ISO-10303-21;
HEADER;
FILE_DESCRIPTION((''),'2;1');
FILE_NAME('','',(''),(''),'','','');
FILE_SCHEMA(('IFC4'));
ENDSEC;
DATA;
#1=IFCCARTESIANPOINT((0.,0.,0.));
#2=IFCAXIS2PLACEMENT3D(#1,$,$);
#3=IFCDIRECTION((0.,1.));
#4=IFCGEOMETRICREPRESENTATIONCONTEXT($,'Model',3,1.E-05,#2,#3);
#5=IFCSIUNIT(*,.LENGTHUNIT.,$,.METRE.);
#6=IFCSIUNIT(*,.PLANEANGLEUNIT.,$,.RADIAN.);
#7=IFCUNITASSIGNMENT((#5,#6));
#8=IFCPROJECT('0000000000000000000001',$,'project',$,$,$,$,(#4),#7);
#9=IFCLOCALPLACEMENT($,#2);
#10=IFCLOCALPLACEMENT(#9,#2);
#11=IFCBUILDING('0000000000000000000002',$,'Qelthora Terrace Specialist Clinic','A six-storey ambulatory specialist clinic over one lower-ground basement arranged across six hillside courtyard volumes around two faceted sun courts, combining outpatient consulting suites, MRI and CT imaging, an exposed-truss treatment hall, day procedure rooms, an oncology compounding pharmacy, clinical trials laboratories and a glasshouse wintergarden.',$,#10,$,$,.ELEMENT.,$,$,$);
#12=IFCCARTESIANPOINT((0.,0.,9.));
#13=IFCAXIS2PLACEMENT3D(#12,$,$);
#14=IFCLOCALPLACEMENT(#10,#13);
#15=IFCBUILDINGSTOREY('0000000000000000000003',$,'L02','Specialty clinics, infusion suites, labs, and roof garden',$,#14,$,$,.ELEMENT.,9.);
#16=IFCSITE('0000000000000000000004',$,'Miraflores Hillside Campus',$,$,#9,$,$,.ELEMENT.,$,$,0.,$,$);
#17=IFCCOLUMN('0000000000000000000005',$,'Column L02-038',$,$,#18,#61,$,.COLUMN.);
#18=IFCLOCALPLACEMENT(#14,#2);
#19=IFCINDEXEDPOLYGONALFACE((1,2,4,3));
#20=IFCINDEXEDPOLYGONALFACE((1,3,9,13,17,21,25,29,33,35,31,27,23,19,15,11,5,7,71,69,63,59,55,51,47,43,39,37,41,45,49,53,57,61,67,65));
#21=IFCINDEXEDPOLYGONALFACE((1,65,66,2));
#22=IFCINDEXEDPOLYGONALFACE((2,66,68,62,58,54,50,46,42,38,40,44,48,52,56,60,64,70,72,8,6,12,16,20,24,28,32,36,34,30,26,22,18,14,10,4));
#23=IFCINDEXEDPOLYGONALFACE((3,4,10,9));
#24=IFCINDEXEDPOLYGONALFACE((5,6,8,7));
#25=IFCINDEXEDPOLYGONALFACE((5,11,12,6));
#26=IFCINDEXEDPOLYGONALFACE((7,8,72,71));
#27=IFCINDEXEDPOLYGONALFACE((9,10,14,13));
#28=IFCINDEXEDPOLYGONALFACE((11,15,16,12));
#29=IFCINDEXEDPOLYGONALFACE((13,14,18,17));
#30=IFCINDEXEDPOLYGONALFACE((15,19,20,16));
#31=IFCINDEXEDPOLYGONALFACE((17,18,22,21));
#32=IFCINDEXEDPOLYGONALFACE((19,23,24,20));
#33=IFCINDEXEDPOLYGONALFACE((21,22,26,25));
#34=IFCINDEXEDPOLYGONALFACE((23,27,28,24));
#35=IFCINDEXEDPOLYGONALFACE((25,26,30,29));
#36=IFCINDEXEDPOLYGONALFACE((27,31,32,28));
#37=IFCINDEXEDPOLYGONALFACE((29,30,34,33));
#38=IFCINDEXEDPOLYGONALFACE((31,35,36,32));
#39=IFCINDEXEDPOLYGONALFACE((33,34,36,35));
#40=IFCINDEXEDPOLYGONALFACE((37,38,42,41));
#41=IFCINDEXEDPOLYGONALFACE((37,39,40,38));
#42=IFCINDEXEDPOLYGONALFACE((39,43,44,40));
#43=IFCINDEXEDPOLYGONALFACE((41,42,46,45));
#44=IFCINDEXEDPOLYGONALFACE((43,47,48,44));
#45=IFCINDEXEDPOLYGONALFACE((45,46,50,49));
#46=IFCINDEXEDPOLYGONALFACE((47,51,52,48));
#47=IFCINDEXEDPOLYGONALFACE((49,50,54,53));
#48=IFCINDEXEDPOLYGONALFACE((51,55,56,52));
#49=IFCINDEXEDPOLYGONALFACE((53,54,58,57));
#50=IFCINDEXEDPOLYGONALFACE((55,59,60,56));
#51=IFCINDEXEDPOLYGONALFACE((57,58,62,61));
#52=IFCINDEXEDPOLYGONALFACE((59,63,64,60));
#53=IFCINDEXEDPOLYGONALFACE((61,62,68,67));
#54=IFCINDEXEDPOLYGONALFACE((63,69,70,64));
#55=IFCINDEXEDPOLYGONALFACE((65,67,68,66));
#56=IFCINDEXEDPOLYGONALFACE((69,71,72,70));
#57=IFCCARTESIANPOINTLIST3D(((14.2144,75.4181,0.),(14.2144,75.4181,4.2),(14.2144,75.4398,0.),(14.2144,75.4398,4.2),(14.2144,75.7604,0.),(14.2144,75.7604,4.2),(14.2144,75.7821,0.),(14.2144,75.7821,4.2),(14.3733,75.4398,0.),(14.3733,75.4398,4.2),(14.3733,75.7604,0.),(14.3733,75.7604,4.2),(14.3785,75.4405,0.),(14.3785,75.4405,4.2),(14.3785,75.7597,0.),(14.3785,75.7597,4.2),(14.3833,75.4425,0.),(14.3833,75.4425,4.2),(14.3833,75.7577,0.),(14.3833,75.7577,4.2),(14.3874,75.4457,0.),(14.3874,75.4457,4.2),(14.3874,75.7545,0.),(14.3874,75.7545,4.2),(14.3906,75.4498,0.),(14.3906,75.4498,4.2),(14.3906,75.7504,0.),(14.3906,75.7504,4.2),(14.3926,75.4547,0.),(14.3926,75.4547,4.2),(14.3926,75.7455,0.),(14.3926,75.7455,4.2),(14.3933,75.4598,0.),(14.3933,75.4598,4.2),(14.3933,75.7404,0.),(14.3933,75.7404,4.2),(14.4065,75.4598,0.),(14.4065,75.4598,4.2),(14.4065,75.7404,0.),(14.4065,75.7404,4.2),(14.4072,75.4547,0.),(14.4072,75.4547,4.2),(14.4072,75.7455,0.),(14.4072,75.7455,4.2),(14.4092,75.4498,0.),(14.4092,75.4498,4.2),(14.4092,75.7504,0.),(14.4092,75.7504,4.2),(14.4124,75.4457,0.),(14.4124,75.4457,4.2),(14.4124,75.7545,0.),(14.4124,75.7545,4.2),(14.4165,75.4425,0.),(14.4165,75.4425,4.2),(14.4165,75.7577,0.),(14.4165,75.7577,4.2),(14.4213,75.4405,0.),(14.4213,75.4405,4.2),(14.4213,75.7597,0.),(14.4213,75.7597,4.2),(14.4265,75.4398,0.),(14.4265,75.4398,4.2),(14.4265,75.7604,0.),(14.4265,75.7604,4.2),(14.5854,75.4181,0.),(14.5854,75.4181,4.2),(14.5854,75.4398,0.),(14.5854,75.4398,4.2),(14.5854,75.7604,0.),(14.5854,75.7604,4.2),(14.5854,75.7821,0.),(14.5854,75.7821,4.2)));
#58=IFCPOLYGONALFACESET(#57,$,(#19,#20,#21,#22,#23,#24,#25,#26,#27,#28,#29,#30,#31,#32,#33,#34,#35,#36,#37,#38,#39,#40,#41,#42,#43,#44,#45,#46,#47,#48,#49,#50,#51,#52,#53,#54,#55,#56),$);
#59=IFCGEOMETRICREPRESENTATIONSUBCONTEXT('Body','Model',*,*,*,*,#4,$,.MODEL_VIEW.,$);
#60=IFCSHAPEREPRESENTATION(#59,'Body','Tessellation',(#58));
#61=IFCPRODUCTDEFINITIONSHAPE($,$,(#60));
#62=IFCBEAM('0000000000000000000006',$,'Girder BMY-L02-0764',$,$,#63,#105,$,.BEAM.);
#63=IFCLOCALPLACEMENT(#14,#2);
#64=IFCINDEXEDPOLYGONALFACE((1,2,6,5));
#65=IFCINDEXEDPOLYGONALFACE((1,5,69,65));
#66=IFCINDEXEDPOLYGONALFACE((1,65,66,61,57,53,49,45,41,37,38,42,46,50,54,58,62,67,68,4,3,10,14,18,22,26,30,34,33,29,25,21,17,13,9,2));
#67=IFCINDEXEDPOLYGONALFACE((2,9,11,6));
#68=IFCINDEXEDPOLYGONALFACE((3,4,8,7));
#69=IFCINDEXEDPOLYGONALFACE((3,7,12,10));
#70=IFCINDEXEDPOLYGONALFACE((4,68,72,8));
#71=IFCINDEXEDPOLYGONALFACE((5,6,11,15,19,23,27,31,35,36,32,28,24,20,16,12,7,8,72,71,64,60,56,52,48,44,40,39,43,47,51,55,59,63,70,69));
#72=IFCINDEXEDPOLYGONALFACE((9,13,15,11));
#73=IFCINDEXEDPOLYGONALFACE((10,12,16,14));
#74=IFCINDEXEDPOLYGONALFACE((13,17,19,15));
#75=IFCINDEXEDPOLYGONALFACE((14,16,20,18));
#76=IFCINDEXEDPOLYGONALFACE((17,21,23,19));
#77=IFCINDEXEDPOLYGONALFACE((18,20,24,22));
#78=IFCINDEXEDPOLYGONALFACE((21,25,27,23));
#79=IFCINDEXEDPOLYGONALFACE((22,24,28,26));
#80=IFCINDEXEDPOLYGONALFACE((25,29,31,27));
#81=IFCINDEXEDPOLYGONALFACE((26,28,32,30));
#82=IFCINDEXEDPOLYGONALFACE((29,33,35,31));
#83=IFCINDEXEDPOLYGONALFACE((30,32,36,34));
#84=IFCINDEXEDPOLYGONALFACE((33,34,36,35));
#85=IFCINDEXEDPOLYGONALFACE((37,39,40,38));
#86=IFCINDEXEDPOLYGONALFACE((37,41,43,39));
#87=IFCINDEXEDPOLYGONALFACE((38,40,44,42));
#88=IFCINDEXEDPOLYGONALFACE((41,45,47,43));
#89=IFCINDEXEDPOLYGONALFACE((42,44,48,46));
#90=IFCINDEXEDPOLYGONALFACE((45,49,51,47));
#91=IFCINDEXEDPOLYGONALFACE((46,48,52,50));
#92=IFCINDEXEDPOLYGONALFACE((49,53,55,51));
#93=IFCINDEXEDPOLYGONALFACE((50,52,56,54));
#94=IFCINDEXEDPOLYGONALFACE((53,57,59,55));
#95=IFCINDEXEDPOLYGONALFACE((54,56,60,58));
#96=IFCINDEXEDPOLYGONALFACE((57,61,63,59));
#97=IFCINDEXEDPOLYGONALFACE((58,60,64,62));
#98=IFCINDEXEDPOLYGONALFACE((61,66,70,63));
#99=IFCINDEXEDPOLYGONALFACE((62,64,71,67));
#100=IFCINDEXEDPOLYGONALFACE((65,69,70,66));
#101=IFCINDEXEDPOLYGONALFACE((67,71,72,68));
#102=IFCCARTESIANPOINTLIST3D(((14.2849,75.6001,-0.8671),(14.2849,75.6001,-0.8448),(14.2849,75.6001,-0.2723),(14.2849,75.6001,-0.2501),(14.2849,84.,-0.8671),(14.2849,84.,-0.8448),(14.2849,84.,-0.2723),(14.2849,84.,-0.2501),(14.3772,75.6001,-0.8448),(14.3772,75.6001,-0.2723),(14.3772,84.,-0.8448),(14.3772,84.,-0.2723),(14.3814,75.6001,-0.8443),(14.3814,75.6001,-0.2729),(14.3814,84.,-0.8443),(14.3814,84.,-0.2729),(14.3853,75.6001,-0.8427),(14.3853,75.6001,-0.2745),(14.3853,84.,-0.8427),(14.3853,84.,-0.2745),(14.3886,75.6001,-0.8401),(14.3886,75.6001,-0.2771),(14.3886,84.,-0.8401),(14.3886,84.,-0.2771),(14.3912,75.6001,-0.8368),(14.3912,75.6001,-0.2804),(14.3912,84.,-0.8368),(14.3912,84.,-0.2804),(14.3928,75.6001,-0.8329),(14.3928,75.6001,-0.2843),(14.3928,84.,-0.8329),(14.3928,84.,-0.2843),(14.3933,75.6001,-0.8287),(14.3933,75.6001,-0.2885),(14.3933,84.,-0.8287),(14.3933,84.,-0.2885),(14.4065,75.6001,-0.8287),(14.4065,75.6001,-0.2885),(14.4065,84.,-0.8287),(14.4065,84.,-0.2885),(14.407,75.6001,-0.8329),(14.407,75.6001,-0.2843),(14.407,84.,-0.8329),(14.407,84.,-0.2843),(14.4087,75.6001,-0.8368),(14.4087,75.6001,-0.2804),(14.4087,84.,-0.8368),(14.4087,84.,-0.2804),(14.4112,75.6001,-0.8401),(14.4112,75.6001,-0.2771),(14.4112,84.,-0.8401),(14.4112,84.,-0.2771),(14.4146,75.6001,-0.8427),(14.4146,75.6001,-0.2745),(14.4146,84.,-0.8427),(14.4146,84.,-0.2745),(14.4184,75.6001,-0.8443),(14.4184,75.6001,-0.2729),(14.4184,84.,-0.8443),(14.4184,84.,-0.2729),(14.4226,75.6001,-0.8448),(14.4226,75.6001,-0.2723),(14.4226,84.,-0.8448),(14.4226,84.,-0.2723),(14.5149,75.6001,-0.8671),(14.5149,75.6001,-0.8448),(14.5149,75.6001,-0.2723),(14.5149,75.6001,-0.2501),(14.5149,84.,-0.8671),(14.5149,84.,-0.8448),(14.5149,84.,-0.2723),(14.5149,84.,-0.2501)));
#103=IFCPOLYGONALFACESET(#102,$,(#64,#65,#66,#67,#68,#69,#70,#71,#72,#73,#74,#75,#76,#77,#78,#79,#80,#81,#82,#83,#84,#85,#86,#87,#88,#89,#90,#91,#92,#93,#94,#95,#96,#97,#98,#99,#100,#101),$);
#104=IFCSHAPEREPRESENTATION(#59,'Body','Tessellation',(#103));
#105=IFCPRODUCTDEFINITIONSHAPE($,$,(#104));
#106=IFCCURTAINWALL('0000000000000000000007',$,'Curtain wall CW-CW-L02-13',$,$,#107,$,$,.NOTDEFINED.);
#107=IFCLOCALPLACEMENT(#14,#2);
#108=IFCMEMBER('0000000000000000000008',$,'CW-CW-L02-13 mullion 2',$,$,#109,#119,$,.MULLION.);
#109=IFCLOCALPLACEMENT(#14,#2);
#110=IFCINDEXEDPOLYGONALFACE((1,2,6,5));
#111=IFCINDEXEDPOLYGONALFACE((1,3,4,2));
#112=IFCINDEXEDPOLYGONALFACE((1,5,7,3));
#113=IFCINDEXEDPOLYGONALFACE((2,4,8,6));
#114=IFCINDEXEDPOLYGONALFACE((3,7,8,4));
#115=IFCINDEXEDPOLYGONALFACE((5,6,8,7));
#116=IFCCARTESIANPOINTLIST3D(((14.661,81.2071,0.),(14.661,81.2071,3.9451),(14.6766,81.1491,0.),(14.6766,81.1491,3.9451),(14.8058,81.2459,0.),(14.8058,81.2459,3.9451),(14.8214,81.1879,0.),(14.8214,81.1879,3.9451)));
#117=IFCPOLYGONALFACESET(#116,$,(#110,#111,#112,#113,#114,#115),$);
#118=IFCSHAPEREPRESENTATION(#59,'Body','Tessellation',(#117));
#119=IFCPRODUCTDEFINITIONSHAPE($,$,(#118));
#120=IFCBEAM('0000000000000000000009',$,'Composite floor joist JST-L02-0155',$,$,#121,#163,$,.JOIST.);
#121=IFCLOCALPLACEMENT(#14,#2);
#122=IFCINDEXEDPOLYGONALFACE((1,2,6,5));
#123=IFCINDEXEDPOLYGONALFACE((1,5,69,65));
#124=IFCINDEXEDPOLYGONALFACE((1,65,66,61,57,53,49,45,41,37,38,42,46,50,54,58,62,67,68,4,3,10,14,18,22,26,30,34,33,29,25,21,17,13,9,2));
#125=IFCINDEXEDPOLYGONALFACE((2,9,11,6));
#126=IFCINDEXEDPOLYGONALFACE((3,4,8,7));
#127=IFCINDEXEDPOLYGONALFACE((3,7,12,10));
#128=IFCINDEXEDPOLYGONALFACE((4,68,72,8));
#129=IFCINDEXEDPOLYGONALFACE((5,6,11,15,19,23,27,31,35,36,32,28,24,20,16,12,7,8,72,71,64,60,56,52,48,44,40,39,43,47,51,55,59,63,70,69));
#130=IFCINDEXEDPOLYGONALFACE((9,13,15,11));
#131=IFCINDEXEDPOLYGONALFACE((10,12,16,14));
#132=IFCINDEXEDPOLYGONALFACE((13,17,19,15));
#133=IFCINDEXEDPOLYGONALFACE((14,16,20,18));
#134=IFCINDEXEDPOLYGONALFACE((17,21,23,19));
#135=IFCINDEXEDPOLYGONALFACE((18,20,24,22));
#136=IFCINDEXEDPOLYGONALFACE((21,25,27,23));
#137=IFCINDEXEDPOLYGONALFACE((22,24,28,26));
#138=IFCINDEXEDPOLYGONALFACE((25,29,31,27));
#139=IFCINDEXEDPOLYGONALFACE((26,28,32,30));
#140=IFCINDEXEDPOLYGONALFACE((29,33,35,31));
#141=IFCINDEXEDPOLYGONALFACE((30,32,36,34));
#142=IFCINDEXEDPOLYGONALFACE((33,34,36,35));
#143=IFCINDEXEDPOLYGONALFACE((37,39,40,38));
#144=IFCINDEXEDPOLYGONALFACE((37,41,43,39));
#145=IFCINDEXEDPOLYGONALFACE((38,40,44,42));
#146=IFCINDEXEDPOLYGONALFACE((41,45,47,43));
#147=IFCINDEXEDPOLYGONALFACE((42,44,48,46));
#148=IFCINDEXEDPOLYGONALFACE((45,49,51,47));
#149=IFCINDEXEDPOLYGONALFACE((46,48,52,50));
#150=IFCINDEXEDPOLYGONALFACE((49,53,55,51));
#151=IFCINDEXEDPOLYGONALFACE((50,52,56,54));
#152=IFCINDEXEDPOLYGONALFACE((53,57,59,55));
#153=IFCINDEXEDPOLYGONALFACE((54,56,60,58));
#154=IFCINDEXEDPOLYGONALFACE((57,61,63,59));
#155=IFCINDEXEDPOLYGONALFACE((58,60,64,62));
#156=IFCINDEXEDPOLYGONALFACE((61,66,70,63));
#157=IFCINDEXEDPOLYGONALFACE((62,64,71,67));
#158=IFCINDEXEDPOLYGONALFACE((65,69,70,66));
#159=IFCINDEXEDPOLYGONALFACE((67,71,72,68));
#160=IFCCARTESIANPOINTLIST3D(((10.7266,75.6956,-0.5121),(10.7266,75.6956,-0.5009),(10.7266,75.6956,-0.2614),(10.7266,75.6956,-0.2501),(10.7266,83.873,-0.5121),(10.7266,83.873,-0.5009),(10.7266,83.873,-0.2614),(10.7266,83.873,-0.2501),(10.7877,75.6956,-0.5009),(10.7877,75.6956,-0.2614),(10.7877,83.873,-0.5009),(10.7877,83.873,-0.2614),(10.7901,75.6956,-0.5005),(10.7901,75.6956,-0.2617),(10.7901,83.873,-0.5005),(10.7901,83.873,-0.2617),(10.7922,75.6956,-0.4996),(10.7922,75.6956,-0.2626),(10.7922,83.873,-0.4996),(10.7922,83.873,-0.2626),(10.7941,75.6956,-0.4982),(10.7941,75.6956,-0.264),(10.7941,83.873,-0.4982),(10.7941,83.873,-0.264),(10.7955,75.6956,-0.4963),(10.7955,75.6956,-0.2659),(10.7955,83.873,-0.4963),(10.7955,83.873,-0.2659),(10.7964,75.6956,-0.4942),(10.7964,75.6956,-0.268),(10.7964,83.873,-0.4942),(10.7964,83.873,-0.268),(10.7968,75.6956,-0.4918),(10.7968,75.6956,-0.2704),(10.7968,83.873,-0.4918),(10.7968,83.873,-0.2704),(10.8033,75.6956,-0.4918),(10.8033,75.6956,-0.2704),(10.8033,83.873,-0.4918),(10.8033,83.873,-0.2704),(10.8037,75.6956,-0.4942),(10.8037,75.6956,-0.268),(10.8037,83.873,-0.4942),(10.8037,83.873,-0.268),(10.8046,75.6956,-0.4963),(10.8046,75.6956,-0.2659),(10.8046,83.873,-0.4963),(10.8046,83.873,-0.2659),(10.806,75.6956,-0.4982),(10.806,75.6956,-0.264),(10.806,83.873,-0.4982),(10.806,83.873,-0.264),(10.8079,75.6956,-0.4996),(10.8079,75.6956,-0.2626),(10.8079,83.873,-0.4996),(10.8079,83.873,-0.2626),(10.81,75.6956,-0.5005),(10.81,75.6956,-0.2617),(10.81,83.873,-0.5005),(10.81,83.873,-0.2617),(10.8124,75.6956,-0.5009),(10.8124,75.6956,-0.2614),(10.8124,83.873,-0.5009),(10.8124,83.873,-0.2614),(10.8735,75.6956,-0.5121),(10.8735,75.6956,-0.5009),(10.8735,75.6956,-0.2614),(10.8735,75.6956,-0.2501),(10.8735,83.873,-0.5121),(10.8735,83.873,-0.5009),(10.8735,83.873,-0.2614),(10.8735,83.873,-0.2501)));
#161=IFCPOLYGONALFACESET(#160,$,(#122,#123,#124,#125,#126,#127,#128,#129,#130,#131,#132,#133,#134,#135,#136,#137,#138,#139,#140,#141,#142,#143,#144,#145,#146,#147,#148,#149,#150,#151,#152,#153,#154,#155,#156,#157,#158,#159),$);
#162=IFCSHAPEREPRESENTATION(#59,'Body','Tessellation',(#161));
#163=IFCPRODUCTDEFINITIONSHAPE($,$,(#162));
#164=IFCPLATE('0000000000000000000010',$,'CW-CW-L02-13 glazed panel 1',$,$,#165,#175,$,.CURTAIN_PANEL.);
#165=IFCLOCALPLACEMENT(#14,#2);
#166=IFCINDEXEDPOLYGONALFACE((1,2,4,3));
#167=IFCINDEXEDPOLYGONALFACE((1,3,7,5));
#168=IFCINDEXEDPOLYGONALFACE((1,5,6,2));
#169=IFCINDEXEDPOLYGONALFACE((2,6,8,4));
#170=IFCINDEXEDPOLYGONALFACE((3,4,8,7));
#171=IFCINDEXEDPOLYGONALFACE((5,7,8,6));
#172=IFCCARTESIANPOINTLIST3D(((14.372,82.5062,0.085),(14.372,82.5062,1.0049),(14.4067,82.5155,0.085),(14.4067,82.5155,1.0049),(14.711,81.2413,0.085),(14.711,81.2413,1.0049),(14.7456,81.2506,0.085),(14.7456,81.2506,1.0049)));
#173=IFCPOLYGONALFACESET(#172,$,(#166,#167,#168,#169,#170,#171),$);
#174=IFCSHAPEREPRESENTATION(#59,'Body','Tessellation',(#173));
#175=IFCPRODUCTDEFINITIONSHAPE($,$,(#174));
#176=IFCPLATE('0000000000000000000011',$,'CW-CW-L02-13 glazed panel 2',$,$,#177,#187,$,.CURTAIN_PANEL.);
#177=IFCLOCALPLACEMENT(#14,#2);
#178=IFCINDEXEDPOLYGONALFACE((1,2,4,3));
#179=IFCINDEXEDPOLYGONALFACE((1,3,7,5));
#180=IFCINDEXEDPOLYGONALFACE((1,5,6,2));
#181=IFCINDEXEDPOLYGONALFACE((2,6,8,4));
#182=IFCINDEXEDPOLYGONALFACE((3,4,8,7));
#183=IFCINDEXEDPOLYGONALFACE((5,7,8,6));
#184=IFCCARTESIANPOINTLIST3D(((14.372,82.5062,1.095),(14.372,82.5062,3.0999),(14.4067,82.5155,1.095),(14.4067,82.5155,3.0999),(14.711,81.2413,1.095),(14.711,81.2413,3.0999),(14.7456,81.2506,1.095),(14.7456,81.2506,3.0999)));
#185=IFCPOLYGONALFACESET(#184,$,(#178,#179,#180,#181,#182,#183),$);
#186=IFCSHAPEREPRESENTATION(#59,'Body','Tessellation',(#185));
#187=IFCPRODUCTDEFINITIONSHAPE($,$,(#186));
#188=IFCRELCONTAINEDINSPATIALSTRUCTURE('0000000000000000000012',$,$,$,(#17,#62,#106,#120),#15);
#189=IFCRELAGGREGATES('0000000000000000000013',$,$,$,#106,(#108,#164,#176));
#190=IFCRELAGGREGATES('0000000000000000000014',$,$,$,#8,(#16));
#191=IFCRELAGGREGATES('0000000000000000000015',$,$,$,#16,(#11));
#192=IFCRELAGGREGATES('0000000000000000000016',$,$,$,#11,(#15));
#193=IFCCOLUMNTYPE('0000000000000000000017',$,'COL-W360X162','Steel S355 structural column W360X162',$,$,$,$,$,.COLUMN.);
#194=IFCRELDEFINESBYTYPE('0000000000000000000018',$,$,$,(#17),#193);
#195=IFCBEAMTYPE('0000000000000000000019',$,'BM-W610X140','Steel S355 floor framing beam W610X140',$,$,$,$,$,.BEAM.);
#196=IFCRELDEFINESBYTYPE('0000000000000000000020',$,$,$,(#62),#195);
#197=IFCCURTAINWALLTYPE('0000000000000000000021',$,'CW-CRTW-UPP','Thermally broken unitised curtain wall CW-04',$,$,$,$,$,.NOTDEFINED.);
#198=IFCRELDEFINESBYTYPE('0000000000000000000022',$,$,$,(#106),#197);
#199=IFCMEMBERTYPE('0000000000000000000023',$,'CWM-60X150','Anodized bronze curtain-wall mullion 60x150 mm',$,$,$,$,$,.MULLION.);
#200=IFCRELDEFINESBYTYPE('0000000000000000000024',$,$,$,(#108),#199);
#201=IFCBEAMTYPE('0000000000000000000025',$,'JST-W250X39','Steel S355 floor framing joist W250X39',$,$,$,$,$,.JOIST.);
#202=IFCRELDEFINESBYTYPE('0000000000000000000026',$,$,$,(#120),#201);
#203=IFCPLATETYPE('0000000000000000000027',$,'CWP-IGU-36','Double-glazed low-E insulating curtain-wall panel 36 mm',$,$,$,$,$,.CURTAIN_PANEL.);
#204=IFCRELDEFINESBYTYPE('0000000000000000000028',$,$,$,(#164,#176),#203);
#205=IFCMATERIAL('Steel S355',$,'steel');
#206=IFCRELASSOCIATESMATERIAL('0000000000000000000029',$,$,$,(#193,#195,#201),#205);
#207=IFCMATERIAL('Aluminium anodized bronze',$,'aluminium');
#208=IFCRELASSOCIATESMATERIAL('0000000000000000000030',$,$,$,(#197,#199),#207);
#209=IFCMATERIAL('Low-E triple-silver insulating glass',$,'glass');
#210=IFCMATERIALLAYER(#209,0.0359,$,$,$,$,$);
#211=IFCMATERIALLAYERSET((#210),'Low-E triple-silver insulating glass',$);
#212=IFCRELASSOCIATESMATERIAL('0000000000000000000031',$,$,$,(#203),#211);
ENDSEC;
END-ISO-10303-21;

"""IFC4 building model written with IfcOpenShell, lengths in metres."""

from ifc_helpers import new_model, si_unit, direction, frame, origin, origin_2d, place, context, subcontext, project, spatial, rectangle, i_section, extrude, material, layer, layer_set, material_profile, profile_set, type_object, element, aggregate, save


model = new_model("IFC4")

# Units and contexts
model_context = context("Model", 3, precision=1e-05, world=origin(), true_north=direction((0.0, 1.0)))
body_context = subcontext(model_context, "Body", "Model", "MODEL_VIEW")
ifc_project = project(units=[si_unit("LENGTHUNIT", "METRE"), si_unit("PLANEANGLEUNIT", "RADIAN")], contexts=[model_context])

# Site, building, storey
site_placement = place(None, origin())
site = spatial("IfcSite", under=ifc_project, at=site_placement, Name="Miraflores Hillside Campus", CompositionType="ELEMENT", RefElevation=0.0)
building_placement = place(site_placement, origin())
building = spatial("IfcBuilding", under=site, at=building_placement, Name="Qelthora Terrace Specialist Clinic", Description="A six-storey ambulatory specialist clinic over one lower-ground basement arranged across six hillside courtyard volumes around two faceted sun courts, combining outpatient consulting suites, MRI and CT imaging, an exposed-truss treatment hall, day procedure rooms, an oncology compounding pharmacy, clinical trials laboratories and a glasshouse wintergarden.", CompositionType="ELEMENT")
storey_placement = place(building_placement, frame((0.0, 0.0, 9.0)))
storey = spatial("IfcBuildingStorey", under=building, at=storey_placement, Name="L02", Description="Specialty clinics, infusion suites, labs, and roof garden", CompositionType="ELEMENT", Elevation=9.0)

# Column
ifc_material_1 = material(Name="Steel S355", Category="steel")
ifc_material_profile_1 = material_profile(ifc_material_1, i_section(OverallWidth=0.3711, OverallDepth=0.364, WebThickness=0.0132, FlangeThickness=0.0217, FilletRadius=0.02, at=origin_2d()), Name="W360X162")
ifc_profile_set_1 = profile_set([ifc_material_profile_1], Name="Steel S355")
column_type = type_object("IfcColumnType", Name="COL-W360X162", Description="Steel S355 structural column W360X162", PredefinedType="COLUMN", material=ifc_profile_set_1)
column_placement = place(storey_placement, frame((14.3999, 75.6001, 0.0), z_axis=(0.0, 0.0, 1.0), x_axis=(1.0, 0.0, 0.0)))
element("IfcColumn", 1, at=column_placement, inside=storey, type_object=column_type, Name="Column L02-038", PredefinedType="COLUMN", context=body_context, shape_type="SweptSolid", body=[
    extrude(i_section(OverallWidth=0.3711, OverallDepth=0.364, WebThickness=0.0132, FlangeThickness=0.0217, FilletRadius=0.02, at=origin_2d()), origin(), (0.0, 0.0, 1.0), 4.2),
])

# Beam
ifc_material_profile_2 = material_profile(ifc_material_1, i_section(OverallWidth=0.23, OverallDepth=0.6169, WebThickness=0.0132, FlangeThickness=0.0222, FilletRadius=0.0161, at=origin_2d()), Name="W610X140")
ifc_profile_set_2 = profile_set([ifc_material_profile_2], Name="Steel S355")
beam_type_1 = type_object("IfcBeamType", Name="BM-W610X140", Description="Steel S355 floor framing beam W610X140", PredefinedType="BEAM", material=ifc_profile_set_2)
beam_1_placement = place(storey_placement, frame((14.3999, 75.6001, -0.5586), z_axis=(0.0, 1.0, 0.0), x_axis=(-1.0, 0.0, 0.0)))
element("IfcBeam", 2, at=beam_1_placement, inside=storey, type_object=beam_type_1, Name="Girder BMY-L02-0764", PredefinedType="BEAM", context=body_context, shape_type="SweptSolid", body=[
    extrude(i_section(OverallWidth=0.23, OverallDepth=0.6169, WebThickness=0.0132, FlangeThickness=0.0222, FilletRadius=0.0161, at=origin_2d()), origin(), (0.0, 0.0, 1.0), 8.3999),
])

# Curtain wall, member
ifc_material_2 = material(Name="Aluminium anodized bronze", Category="aluminium")
curtain_wall_type = type_object("IfcCurtainWallType", Name="CW-CRTW-UPP", Description="Thermally broken unitised curtain wall CW-04", PredefinedType="NOTDEFINED", material=ifc_material_2)
curtain_wall_placement = place(storey_placement, origin())
curtain_wall = element("IfcCurtainWall", 3, at=curtain_wall_placement, inside=storey, type_object=curtain_wall_type, Name="Curtain wall CW-CW-L02-13", PredefinedType="NOTDEFINED")
ifc_material_profile_3 = material_profile(ifc_material_2, rectangle(XDim=0.0601, YDim=0.1499, at=origin_2d()), Name="CWM60X150")
ifc_profile_set_3 = profile_set([ifc_material_profile_3], Name="Aluminium anodized bronze")
member_type = type_object("IfcMemberType", Name="CWM-60X150", Description="Anodized bronze curtain-wall mullion 60x150 mm", PredefinedType="MULLION", material=ifc_profile_set_3)
member_placement = place(storey_placement, frame((14.7412, 81.1975, 0.0), z_axis=(0.0, 0.0, 1.0), x_axis=(0.25882, -0.965925, 0.0)))
member = element("IfcMember", 4, at=member_placement, type_object=member_type, Name="CW-CW-L02-13 mullion 2", PredefinedType="MULLION", context=body_context, shape_type="SweptSolid", body=[
    extrude(rectangle(XDim=0.0601, YDim=0.1499, at=origin_2d()), origin(), (0.0, 0.0, 1.0), 3.9451),
])

# Beam
ifc_material_profile_4 = material_profile(ifc_material_1, i_section(OverallWidth=0.147, OverallDepth=0.262, WebThickness=0.0066, FlangeThickness=0.0112, FilletRadius=0.009, at=origin_2d()), Name="W250X39")
ifc_profile_set_4 = profile_set([ifc_material_profile_4], Name="Steel S355")
beam_type_2 = type_object("IfcBeamType", Name="JST-W250X39", Description="Steel S355 floor framing joist W250X39", PredefinedType="JOIST", material=ifc_profile_set_4)
beam_2_placement = place(storey_placement, frame((10.8, 75.6956, -0.3811), z_axis=(0.0, 1.0, 0.0), x_axis=(-1.0, 0.0, 0.0)))
element("IfcBeam", 5, at=beam_2_placement, inside=storey, type_object=beam_type_2, Name="Composite floor joist JST-L02-0155", PredefinedType="JOIST", context=body_context, shape_type="SweptSolid", body=[
    extrude(i_section(OverallWidth=0.147, OverallDepth=0.262, WebThickness=0.0066, FlangeThickness=0.0112, FilletRadius=0.009, at=origin_2d()), origin(), (0.0, 0.0, 1.0), 8.1775),
])

# Plates
ifc_material_3 = material(Name="Low-E triple-silver insulating glass", Category="glass")
ifc_layer_1 = layer(ifc_material_3, 0.0359)
ifc_layer_set_1 = layer_set([ifc_layer_1], Name="Low-E triple-silver insulating glass")
plate_type = type_object("IfcPlateType", Name="CWP-IGU-36", Description="Double-glazed low-E insulating curtain-wall panel 36 mm", PredefinedType="CURTAIN_PANEL", material=ifc_layer_set_1)
plate_1_placement = place(storey_placement, frame((14.5588, 81.8784, 0.085), z_axis=(0.0, 0.0, 1.0), x_axis=(0.258821, -0.965925, 0.0)))
plate_1 = element("IfcPlate", 6, at=plate_1_placement, type_object=plate_type, Name="CW-CW-L02-13 glazed panel 1", PredefinedType="CURTAIN_PANEL", context=body_context, shape_type="SweptSolid", body=[
    extrude(rectangle(XDim=1.3096, YDim=0.0359, at=origin_2d()), origin(), (0.0, 0.0, 1.0), 0.9199),
])
plate_2_placement = place(storey_placement, frame((14.5588, 81.8784, 1.095), z_axis=(0.0, 0.0, 1.0), x_axis=(0.258821, -0.965925, 0.0)))
plate_2 = element("IfcPlate", 7, at=plate_2_placement, type_object=plate_type, Name="CW-CW-L02-13 glazed panel 2", PredefinedType="CURTAIN_PANEL", context=body_context, shape_type="SweptSolid", body=[
    extrude(rectangle(XDim=1.3096, YDim=0.0359, at=origin_2d()), origin(), (0.0, 0.0, 1.0), 2.0049),
])
aggregate(curtain_wall, [member, plate_1, plate_2])

save(model, "model.ifc")
